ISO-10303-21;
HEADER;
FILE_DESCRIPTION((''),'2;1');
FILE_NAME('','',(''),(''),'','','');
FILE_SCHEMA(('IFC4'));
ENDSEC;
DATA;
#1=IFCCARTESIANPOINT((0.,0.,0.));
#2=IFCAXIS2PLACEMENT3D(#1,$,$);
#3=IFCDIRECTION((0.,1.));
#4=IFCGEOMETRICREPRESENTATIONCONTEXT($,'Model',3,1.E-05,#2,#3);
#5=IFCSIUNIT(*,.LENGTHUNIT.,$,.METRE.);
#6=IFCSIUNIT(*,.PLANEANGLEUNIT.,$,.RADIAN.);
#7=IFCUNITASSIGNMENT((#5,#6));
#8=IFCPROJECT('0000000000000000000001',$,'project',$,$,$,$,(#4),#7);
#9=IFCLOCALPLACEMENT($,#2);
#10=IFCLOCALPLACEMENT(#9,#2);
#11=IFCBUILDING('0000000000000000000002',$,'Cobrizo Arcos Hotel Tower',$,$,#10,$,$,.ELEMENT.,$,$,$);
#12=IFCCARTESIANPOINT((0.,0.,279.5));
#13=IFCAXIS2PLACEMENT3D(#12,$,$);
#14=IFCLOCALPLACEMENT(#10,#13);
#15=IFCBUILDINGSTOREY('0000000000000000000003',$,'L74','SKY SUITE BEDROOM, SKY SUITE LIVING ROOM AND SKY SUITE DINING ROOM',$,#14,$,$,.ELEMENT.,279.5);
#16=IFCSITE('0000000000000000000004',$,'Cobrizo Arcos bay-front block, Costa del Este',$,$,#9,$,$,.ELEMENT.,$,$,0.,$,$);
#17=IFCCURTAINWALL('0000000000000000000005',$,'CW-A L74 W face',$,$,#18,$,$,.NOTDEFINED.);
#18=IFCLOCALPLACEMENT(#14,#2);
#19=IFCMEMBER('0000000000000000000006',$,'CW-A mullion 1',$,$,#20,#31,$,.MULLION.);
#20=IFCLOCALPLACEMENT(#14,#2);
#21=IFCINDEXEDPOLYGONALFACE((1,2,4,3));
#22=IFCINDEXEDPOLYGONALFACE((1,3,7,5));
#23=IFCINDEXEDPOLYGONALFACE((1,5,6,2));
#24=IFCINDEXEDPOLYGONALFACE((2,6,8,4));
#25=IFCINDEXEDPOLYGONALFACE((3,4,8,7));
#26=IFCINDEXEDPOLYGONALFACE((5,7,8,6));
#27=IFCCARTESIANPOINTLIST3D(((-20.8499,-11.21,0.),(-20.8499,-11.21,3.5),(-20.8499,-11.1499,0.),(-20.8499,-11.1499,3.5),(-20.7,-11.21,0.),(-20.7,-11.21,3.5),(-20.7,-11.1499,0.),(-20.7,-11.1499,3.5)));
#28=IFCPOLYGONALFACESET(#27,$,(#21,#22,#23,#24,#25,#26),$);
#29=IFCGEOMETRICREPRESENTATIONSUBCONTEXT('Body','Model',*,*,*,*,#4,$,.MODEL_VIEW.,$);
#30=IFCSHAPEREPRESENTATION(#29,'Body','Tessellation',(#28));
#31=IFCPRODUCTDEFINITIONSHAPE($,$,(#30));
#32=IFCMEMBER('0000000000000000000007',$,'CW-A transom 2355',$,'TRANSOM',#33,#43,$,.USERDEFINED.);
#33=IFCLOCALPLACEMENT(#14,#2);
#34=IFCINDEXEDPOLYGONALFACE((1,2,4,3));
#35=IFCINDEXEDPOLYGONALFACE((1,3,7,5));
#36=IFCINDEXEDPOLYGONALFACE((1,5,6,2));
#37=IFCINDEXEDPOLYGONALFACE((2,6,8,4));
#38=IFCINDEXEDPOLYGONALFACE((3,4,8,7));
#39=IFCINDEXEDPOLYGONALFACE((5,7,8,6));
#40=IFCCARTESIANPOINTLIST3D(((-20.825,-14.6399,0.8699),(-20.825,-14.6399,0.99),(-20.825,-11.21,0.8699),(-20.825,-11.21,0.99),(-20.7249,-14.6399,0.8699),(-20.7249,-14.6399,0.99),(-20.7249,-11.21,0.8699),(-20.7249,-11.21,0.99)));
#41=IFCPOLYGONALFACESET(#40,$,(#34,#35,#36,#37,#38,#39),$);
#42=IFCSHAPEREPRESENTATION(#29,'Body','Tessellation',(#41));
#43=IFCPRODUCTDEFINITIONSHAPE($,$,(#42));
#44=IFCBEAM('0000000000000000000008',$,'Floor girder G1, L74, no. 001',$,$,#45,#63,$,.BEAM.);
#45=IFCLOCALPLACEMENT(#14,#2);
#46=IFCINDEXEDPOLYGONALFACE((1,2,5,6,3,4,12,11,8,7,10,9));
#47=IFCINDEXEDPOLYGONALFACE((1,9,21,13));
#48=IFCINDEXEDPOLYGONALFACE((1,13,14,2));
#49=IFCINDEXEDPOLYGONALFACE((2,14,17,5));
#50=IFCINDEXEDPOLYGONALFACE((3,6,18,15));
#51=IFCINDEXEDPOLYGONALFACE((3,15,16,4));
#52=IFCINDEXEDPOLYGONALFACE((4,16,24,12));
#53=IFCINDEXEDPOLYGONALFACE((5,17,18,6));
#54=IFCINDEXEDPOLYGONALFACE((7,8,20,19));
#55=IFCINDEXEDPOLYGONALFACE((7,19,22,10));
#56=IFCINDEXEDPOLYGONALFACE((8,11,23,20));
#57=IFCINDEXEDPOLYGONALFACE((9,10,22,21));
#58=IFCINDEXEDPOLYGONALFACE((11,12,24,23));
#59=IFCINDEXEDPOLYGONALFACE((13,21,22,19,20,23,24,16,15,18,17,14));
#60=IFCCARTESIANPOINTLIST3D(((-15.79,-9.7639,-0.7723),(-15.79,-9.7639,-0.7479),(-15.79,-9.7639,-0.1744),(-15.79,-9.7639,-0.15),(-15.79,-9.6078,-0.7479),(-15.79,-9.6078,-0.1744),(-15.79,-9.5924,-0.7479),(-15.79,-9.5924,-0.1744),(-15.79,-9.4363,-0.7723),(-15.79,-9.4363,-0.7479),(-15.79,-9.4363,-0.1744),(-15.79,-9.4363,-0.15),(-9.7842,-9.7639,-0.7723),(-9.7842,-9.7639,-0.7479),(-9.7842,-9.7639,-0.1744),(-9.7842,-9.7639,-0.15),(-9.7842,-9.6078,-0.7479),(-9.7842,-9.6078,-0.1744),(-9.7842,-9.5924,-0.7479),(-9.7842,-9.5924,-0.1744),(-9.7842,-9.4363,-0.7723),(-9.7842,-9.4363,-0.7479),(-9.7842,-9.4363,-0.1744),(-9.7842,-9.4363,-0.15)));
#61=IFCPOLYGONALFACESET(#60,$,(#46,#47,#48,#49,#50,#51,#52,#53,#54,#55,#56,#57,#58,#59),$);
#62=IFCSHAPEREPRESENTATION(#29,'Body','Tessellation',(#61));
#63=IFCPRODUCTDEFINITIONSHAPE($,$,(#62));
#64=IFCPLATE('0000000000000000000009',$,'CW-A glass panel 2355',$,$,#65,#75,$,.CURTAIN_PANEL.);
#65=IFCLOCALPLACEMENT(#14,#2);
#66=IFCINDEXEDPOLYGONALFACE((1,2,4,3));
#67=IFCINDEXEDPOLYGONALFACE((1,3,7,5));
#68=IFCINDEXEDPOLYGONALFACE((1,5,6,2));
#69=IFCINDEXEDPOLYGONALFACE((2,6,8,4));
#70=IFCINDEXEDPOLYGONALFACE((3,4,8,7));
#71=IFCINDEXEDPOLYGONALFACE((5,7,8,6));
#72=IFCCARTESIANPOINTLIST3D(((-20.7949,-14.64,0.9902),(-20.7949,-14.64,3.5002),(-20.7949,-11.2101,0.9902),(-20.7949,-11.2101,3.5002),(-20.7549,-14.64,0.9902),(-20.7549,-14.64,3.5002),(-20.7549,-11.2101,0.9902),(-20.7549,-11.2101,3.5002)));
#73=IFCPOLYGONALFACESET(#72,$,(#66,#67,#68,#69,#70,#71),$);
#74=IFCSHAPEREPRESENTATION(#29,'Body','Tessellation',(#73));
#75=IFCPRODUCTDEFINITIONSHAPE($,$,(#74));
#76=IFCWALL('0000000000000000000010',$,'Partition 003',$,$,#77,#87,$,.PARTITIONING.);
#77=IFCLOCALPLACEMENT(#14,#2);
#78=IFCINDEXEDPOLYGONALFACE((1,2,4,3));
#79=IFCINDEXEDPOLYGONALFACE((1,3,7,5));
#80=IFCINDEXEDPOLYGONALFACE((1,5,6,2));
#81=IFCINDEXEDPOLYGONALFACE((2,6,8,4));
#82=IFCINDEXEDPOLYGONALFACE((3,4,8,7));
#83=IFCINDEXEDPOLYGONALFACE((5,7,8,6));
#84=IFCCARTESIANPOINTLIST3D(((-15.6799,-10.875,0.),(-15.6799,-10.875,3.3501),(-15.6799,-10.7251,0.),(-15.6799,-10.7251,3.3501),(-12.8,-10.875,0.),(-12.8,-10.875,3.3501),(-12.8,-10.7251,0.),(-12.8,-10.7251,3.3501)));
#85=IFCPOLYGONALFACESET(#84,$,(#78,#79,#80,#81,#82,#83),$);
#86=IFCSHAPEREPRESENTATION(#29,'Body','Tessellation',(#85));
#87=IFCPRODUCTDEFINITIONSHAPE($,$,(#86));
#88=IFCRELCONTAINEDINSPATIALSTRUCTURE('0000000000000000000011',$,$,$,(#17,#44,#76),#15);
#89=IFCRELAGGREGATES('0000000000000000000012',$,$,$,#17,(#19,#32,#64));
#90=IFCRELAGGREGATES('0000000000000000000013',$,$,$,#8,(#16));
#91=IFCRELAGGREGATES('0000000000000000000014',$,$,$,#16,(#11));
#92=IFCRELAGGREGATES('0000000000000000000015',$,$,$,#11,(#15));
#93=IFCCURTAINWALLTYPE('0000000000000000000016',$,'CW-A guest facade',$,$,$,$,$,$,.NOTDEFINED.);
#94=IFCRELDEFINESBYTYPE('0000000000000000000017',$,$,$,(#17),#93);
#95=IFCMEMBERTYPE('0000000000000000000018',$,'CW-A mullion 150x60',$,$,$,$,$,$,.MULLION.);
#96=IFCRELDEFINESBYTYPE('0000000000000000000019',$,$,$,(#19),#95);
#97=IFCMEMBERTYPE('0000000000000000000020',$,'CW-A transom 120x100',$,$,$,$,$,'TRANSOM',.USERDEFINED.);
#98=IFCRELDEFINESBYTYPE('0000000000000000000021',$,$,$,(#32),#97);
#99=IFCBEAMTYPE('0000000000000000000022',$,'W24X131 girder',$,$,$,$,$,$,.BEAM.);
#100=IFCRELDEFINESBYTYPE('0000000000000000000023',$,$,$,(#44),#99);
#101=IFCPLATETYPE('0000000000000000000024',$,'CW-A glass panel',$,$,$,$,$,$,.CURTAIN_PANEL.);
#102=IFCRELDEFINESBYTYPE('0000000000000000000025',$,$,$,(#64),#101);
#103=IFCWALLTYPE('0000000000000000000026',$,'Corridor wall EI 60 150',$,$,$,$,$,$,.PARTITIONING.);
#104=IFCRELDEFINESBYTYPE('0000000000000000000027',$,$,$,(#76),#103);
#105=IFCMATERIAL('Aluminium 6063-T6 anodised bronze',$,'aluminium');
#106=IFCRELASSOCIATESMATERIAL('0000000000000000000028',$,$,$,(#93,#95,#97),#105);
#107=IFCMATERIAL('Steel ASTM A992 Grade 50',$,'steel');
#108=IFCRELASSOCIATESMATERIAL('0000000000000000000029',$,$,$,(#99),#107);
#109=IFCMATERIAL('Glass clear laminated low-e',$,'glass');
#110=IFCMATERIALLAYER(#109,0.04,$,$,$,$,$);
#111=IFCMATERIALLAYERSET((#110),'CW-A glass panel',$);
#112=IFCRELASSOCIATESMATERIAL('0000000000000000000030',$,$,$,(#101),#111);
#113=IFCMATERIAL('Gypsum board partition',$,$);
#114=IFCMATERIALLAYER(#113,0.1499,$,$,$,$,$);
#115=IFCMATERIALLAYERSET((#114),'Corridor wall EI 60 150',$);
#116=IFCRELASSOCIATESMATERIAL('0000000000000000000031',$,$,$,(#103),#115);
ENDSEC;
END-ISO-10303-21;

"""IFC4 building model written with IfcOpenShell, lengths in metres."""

from ifc_helpers import new_model, si_unit, direction, frame, frame_2d, origin, origin_2d, place, context, subcontext, project, spatial, rectangle, i_section, extrude, material, layer, layer_set, material_profile, profile_set, type_object, element, aggregate, save


model = new_model("IFC4")

# Units and contexts
model_context = context("Model", 3, precision=1e-05, world=origin(), true_north=direction((0.0, 1.0)))
body_context = subcontext(model_context, "Body", "Model", "MODEL_VIEW")
ifc_project = project(units=[si_unit("LENGTHUNIT", "METRE"), si_unit("PLANEANGLEUNIT", "RADIAN")], contexts=[model_context])

# Site, building, storey
site_placement = place(None, origin())
site = spatial("IfcSite", under=ifc_project, at=site_placement, Name="Cobrizo Arcos bay-front block, Costa del Este", CompositionType="ELEMENT", RefElevation=0.0)
building_placement = place(site_placement, origin())
building = spatial("IfcBuilding", under=site, at=building_placement, Name="Cobrizo Arcos Hotel Tower", CompositionType="ELEMENT")
storey_placement = place(building_placement, frame((0.0, 0.0, 279.5)))
storey = spatial("IfcBuildingStorey", under=building, at=storey_placement, Name="L74", Description="SKY SUITE BEDROOM, SKY SUITE LIVING ROOM AND SKY SUITE DINING ROOM", CompositionType="ELEMENT", Elevation=279.5)

# Curtain wall, members
ifc_material_1 = material(Name="Aluminium 6063-T6 anodised bronze", Category="aluminium")
curtain_wall_type = type_object("IfcCurtainWallType", Name="CW-A guest facade", PredefinedType="NOTDEFINED", material=ifc_material_1)
curtain_wall_placement = place(storey_placement, origin())
curtain_wall = element("IfcCurtainWall", 1, at=curtain_wall_placement, inside=storey, type_object=curtain_wall_type, Name="CW-A L74 W face", PredefinedType="NOTDEFINED")
ifc_material_profile_1 = material_profile(ifc_material_1, rectangle(XDim=0.1499, YDim=0.0601, at=origin_2d()), Name="CW-A mullion 150x60")
ifc_profile_set_1 = profile_set([ifc_material_profile_1], Name="Aluminium 6063-T6 anodised bronze")
member_type_1 = type_object("IfcMemberType", Name="CW-A mullion 150x60", PredefinedType="MULLION", material=ifc_profile_set_1)
member_1_placement = place(storey_placement, frame((-20.7749, -11.1799, 0.0), z_axis=(0.0, 0.0, 1.0), x_axis=(-1.0, 0.0, 0.0)))
member_1 = element("IfcMember", 2, at=member_1_placement, type_object=member_type_1, Name="CW-A mullion 1", PredefinedType="MULLION", context=body_context, shape_type="SweptSolid", body=[
    extrude(rectangle(XDim=0.1499, YDim=0.0601, at=origin_2d()), origin(), (0.0, 0.0, 1.0), 3.5),
])
ifc_material_profile_2 = material_profile(ifc_material_1, rectangle(XDim=0.1001, YDim=0.1201, at=origin_2d()), Name="CW-A transom 120x100")
ifc_profile_set_2 = profile_set([ifc_material_profile_2], Name="Aluminium 6063-T6 anodised bronze")
member_type_2 = type_object("IfcMemberType", Name="CW-A transom 120x100", ElementType="TRANSOM", PredefinedType="USERDEFINED", material=ifc_profile_set_2)
member_2_placement = place(storey_placement, frame((-20.7749, -11.21, 0.9299), z_axis=(0.0, -1.0, 0.0), x_axis=(1.0, 0.0, 0.0)))
member_2 = element("IfcMember", 3, at=member_2_placement, type_object=member_type_2, Name="CW-A transom 2355", ObjectType="TRANSOM", PredefinedType="USERDEFINED", context=body_context, shape_type="SweptSolid", body=[
    extrude(rectangle(XDim=0.1001, YDim=0.1201, at=origin_2d()), origin(), (0.0, 0.0, 1.0), 3.4299),
])

# Beam
ifc_material_2 = material(Name="Steel ASTM A992 Grade 50", Category="steel")
ifc_material_profile_3 = material_profile(ifc_material_2, i_section(OverallWidth=0.3276, OverallDepth=0.6223, WebThickness=0.0154, FlangeThickness=0.0244, at=origin_2d()), Name="W24X131")
ifc_profile_set_3 = profile_set([ifc_material_profile_3], Name="Steel ASTM A992 Grade 50")
beam_type = type_object("IfcBeamType", Name="W24X131 girder", PredefinedType="BEAM", material=ifc_profile_set_3)
beam_placement = place(storey_placement, frame((-15.79, -9.6001, -0.4612), z_axis=(1.0, 0.0, 0.0), x_axis=(0.0, 1.0, 0.0)))
element("IfcBeam", 4, at=beam_placement, inside=storey, type_object=beam_type, Name="Floor girder G1, L74, no. 001", PredefinedType="BEAM", context=body_context, shape_type="SweptSolid", body=[
    extrude(i_section(OverallWidth=0.3276, OverallDepth=0.6223, WebThickness=0.0154, FlangeThickness=0.0244, at=origin_2d()), origin(), (0.0, 0.0, 1.0), 6.0059),
])

# Plate
ifc_material_3 = material(Name="Glass clear laminated low-e", Category="glass")
ifc_layer_1 = layer(ifc_material_3, 0.04)
ifc_layer_set_1 = layer_set([ifc_layer_1], Name="CW-A glass panel")
plate_type = type_object("IfcPlateType", Name="CW-A glass panel", PredefinedType="CURTAIN_PANEL", material=ifc_layer_set_1)
plate_placement = place(storey_placement, frame((-20.7749, -12.925, 0.9902), z_axis=(0.0, 0.0, 1.0), x_axis=(0.0, -1.0, 0.0)))
plate = element("IfcPlate", 5, at=plate_placement, type_object=plate_type, Name="CW-A glass panel 2355", PredefinedType="CURTAIN_PANEL", context=body_context, shape_type="SweptSolid", body=[
    extrude(rectangle(XDim=3.4299, YDim=0.04, at=origin_2d()), origin(), (0.0, 0.0, 1.0), 2.51),
])
aggregate(curtain_wall, [member_1, member_2, plate])

# Wall
ifc_material_4 = material(Name="Gypsum board partition")
ifc_layer_2 = layer(ifc_material_4, 0.1499)
ifc_layer_set_2 = layer_set([ifc_layer_2], Name="Corridor wall EI 60 150")
wall_type_1 = type_object("IfcWallType", Name="Corridor wall EI 60 150", PredefinedType="PARTITIONING", material=ifc_layer_set_2)
wall_1_placement = place(storey_placement, frame((-15.6799, -10.8, 0.0), z_axis=(0.0, 0.0, 1.0), x_axis=(1.0, 0.0, 0.0)))
element("IfcWall", 6, at=wall_1_placement, inside=storey, type_object=wall_type_1, Name="Partition 003", PredefinedType="PARTITIONING", context=body_context, shape_type="SweptSolid", body=[
    extrude(rectangle(XDim=2.8799, YDim=0.1499, at=frame_2d((1.4399, 0.0))), origin(), (0.0, 0.0, 1.0), 3.3501),
])

save(model, "model.ifc")
